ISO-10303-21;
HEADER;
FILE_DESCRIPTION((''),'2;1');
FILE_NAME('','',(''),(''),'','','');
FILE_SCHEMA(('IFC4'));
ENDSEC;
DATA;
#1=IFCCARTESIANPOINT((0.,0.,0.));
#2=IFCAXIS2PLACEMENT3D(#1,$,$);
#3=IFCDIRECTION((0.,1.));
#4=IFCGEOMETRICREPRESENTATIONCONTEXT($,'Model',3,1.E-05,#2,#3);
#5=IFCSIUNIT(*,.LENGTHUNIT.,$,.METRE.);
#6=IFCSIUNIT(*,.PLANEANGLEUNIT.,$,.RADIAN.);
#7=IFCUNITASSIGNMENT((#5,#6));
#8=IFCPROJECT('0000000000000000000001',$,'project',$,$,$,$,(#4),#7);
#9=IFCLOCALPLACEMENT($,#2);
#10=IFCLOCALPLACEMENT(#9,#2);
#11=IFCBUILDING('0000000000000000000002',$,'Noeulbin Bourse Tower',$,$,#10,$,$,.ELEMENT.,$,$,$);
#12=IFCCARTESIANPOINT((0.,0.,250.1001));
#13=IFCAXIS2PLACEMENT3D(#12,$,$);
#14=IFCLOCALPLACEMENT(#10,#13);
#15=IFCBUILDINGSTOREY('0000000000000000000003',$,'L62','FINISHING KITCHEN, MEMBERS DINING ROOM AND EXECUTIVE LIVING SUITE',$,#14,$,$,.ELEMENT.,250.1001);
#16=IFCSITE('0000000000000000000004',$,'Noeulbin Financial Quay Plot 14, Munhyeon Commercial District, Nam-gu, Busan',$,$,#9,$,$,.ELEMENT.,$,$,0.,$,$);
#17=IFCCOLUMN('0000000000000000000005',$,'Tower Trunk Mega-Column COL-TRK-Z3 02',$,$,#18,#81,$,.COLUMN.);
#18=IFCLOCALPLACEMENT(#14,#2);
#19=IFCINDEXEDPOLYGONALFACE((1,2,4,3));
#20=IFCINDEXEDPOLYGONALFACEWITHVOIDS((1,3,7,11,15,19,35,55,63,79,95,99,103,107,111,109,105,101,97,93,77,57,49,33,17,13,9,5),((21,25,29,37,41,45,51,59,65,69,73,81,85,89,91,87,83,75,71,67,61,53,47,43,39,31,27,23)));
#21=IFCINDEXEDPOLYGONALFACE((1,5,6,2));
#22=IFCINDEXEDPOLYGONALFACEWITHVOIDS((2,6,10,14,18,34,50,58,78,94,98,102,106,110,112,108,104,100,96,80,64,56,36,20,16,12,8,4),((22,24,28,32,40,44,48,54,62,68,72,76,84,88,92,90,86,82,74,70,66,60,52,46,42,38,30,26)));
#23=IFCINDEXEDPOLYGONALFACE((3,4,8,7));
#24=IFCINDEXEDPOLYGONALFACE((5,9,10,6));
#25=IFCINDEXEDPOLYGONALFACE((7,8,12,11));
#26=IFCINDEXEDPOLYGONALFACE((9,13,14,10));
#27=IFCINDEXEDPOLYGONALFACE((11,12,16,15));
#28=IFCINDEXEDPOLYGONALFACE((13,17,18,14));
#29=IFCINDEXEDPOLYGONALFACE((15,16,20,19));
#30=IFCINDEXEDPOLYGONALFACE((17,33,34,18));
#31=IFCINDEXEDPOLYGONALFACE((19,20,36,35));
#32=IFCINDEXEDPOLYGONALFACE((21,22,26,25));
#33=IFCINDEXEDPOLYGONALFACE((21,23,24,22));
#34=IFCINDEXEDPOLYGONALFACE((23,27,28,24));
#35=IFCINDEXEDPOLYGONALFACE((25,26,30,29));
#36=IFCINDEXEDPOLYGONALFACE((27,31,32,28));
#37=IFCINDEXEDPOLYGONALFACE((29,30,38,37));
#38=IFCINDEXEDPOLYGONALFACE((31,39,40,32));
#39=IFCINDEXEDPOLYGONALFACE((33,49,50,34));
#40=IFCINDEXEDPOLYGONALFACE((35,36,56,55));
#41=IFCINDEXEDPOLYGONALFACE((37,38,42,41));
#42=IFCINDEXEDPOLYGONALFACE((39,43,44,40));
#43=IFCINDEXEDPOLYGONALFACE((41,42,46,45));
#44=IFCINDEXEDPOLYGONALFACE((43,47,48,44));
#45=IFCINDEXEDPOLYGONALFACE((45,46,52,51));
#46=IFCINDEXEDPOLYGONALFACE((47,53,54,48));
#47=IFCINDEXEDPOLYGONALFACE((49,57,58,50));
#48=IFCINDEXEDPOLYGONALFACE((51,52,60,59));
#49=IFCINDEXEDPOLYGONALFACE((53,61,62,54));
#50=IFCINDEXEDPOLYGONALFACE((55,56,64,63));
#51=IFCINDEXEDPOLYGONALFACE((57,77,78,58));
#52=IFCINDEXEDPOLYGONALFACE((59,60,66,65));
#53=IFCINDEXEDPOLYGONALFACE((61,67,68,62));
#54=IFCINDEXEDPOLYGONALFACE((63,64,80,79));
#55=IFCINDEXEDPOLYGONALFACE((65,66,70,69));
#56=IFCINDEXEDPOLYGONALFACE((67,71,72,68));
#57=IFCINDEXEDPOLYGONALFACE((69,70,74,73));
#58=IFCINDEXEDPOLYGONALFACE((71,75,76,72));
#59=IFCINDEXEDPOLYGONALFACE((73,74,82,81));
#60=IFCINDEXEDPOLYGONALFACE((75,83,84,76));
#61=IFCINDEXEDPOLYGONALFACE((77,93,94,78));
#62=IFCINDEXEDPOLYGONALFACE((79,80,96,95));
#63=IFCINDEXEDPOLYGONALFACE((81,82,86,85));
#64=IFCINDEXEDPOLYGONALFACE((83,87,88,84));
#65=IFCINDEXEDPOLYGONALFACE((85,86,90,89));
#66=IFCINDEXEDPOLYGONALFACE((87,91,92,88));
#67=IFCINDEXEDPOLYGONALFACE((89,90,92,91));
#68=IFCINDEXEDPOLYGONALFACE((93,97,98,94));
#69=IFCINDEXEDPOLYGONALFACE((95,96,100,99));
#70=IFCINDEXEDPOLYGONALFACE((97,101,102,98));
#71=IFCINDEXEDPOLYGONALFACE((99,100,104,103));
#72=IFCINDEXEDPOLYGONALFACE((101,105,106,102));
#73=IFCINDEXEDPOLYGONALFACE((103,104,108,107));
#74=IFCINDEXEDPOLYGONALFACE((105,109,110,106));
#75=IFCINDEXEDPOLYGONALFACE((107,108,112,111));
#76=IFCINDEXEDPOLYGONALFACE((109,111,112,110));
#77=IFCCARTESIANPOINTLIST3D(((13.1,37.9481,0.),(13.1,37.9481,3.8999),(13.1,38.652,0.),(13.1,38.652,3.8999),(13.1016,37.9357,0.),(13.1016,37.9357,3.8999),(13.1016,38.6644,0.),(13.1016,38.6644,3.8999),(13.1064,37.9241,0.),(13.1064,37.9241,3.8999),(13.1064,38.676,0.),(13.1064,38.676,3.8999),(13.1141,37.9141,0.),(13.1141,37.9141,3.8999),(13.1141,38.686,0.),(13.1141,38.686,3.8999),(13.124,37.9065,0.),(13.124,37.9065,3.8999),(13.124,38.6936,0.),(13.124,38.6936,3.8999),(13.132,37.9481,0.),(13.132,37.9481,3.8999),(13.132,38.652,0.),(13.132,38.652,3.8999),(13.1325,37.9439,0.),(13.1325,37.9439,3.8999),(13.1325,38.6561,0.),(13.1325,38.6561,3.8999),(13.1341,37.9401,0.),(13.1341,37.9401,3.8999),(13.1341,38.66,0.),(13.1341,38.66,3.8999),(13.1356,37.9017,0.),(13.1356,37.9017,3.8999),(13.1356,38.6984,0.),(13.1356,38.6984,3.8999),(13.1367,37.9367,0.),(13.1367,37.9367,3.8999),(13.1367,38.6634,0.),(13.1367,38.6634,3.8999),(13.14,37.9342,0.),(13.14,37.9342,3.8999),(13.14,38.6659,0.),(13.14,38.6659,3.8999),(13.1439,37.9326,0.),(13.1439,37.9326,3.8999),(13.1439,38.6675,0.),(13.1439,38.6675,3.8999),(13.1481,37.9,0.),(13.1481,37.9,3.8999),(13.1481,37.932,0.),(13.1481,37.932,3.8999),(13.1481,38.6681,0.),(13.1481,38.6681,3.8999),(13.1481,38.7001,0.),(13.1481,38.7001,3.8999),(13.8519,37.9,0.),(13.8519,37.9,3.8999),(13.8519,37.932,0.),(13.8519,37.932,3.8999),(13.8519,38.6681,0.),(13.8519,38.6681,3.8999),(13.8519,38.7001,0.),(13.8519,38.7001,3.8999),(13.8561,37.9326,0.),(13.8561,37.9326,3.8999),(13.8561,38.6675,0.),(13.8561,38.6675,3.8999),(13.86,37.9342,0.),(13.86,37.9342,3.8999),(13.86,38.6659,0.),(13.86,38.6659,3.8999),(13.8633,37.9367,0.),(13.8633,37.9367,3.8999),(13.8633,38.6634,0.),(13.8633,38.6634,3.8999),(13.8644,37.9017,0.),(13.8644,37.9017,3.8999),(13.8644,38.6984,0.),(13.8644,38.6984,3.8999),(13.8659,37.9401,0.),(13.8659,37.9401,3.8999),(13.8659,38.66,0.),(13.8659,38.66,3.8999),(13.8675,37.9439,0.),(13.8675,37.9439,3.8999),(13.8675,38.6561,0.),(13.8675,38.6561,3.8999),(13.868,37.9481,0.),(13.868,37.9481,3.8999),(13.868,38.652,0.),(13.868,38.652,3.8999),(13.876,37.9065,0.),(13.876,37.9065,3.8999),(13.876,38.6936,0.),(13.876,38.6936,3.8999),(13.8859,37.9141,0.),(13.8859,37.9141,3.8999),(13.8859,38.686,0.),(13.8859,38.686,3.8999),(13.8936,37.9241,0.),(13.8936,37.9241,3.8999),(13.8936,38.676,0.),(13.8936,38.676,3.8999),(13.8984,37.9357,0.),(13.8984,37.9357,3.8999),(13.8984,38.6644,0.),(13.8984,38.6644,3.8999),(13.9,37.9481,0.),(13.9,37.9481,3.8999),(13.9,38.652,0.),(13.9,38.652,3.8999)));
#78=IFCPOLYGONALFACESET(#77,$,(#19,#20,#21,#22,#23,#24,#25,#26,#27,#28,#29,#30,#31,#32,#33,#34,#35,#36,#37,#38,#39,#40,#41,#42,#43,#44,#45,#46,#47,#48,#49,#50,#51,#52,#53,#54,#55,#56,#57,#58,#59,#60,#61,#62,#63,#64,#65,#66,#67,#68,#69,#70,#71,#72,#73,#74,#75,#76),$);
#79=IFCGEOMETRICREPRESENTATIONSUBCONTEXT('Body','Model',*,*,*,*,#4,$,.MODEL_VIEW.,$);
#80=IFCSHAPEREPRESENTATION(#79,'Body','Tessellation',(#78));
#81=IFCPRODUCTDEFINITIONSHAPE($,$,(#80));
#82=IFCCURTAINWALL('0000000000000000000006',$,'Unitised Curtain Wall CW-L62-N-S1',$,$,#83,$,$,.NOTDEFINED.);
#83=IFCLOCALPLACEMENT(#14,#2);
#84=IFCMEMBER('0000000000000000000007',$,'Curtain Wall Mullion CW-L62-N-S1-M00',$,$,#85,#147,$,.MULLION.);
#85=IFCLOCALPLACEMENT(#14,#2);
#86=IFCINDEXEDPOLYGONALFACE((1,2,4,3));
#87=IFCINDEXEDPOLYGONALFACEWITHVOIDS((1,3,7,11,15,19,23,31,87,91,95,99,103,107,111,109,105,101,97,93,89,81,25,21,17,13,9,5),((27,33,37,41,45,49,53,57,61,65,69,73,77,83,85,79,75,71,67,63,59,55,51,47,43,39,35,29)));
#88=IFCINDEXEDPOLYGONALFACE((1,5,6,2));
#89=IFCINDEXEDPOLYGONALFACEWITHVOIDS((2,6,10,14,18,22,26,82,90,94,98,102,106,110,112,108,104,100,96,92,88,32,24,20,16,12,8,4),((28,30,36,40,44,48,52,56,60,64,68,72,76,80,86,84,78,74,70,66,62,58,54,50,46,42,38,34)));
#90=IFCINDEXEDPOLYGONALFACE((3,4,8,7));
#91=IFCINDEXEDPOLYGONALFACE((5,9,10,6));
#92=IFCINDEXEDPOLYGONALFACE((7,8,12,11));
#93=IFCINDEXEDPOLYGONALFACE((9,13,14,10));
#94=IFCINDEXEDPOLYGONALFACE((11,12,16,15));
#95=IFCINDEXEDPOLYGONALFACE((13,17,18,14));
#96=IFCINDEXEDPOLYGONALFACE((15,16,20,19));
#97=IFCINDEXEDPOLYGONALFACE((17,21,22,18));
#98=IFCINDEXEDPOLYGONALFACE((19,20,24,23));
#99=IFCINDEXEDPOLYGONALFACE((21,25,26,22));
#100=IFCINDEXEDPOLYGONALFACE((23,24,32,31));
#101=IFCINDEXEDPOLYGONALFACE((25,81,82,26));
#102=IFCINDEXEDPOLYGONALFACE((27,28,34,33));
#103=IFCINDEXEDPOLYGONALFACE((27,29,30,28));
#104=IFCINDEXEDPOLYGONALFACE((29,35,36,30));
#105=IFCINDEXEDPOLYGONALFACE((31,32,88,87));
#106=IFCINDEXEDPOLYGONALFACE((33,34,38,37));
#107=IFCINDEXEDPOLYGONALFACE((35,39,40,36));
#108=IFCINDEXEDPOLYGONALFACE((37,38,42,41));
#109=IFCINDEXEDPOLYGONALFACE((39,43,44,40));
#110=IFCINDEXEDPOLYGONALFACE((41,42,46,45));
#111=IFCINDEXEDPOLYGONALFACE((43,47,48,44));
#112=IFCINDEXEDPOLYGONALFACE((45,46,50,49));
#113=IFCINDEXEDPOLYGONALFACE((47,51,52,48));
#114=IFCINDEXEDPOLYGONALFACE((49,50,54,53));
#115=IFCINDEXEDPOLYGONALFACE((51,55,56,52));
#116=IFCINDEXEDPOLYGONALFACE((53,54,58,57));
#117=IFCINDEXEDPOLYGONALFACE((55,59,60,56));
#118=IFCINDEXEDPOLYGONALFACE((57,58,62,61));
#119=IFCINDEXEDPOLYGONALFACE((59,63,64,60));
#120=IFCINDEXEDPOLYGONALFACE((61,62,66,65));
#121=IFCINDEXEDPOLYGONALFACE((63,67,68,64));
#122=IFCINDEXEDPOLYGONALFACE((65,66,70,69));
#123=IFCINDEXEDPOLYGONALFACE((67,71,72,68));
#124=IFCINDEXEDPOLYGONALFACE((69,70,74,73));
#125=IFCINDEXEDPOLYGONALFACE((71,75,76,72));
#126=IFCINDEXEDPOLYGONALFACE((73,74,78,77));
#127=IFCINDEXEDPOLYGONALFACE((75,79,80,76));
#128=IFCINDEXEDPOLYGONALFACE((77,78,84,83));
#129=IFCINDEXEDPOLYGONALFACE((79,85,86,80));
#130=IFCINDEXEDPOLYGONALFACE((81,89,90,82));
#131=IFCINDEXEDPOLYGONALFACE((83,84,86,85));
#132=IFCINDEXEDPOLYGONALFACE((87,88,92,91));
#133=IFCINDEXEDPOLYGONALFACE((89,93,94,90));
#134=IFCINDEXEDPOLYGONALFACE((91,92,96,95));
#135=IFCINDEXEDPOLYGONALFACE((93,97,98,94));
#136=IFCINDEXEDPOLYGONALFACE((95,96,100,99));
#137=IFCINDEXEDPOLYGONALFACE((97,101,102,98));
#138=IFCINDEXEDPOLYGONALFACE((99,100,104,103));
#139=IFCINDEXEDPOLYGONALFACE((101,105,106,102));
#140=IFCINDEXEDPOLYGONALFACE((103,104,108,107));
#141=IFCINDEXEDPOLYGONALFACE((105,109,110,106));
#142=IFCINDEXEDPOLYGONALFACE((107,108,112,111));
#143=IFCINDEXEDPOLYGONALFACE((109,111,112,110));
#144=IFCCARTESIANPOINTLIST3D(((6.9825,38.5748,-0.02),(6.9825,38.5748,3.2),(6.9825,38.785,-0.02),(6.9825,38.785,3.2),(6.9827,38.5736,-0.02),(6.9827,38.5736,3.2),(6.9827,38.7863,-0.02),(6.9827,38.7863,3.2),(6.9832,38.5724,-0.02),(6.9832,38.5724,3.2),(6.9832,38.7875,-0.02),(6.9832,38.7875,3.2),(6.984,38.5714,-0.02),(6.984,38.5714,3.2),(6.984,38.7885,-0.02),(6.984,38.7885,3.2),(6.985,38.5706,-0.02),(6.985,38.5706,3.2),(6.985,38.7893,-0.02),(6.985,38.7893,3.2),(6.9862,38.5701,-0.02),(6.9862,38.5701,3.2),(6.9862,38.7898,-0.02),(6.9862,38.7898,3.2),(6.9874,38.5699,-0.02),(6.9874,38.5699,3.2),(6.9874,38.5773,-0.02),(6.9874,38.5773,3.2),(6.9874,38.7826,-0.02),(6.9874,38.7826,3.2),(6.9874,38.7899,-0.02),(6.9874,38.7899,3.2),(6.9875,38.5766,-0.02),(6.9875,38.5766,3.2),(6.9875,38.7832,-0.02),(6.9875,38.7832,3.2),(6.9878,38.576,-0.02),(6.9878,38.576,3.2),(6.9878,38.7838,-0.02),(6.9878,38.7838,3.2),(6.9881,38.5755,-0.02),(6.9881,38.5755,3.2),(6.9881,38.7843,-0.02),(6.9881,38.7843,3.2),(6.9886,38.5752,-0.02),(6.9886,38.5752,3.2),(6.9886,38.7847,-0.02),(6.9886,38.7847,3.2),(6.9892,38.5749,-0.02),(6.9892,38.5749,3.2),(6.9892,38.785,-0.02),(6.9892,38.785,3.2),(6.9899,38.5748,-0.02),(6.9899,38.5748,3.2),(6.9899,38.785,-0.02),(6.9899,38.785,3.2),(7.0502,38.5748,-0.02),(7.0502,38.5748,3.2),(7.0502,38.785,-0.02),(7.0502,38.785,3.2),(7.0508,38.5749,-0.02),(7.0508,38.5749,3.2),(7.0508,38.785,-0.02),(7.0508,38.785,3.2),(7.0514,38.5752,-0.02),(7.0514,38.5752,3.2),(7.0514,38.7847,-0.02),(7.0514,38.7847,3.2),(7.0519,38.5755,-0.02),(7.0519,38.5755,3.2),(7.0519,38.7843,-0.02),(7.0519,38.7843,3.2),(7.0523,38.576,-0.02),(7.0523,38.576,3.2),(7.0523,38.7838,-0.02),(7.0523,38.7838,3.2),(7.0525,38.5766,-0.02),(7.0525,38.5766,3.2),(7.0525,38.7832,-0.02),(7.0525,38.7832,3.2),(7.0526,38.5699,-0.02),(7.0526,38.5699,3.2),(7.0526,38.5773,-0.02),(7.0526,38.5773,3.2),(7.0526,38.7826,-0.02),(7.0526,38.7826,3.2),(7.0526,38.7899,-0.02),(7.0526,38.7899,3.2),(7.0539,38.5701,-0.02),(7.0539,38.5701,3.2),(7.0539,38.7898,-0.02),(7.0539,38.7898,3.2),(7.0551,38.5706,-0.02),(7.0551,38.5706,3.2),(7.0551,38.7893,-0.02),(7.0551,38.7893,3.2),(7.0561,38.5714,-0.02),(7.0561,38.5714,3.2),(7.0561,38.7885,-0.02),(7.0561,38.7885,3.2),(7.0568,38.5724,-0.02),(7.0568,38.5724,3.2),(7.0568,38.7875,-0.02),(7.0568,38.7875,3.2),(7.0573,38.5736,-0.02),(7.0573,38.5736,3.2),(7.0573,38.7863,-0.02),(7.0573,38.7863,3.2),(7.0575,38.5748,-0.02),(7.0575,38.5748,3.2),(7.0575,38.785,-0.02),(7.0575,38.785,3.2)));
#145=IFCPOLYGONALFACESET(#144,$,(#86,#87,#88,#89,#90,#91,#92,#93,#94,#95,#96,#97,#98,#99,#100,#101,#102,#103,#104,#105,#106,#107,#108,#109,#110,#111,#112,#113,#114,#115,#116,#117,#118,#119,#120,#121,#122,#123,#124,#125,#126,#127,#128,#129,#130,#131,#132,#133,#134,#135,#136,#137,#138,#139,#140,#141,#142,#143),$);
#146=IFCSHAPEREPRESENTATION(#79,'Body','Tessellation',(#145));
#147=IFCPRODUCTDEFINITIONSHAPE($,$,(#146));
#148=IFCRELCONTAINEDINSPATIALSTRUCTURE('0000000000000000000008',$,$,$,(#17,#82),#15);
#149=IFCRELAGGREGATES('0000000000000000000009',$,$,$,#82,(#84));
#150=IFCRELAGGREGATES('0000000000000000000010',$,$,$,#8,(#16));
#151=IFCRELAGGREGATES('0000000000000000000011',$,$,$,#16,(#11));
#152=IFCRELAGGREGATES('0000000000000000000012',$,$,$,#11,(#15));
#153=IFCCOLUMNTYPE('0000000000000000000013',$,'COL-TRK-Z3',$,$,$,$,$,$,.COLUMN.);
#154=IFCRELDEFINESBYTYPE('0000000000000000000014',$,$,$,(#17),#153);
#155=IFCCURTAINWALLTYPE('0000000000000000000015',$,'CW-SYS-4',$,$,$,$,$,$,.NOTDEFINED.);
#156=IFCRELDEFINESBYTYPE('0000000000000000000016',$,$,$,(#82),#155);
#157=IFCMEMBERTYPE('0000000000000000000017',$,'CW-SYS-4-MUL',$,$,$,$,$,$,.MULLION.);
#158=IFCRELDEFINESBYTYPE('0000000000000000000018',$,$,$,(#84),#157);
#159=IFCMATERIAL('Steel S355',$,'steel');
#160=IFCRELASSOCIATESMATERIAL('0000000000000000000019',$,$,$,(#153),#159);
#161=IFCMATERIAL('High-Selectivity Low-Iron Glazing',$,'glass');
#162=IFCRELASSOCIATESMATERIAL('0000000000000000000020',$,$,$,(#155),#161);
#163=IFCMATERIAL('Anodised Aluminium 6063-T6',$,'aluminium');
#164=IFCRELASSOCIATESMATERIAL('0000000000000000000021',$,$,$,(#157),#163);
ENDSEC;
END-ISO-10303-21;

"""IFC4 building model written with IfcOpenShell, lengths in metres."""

from ifc_helpers import new_model, si_unit, direction, frame, origin, origin_2d, place, context, subcontext, project, spatial, hollow_rectangle, extrude, material, material_profile, profile_set, type_object, element, aggregate, save


model = new_model("IFC4")

# Units and contexts
model_context = context("Model", 3, precision=1e-05, world=origin(), true_north=direction((0.0, 1.0)))
body_context = subcontext(model_context, "Body", "Model", "MODEL_VIEW")
ifc_project = project(units=[si_unit("LENGTHUNIT", "METRE"), si_unit("PLANEANGLEUNIT", "RADIAN")], contexts=[model_context])

# Site, building, storey
site_placement = place(None, origin())
site = spatial("IfcSite", under=ifc_project, at=site_placement, Name="Noeulbin Financial Quay Plot 14, Munhyeon Commercial District, Nam-gu, Busan", CompositionType="ELEMENT", RefElevation=0.0)
building_placement = place(site_placement, origin())
building = spatial("IfcBuilding", under=site, at=building_placement, Name="Noeulbin Bourse Tower", CompositionType="ELEMENT")
storey_placement = place(building_placement, frame((0.0, 0.0, 250.1001)))
storey = spatial("IfcBuildingStorey", under=building, at=storey_placement, Name="L62", Description="FINISHING KITCHEN, MEMBERS DINING ROOM AND EXECUTIVE LIVING SUITE", CompositionType="ELEMENT", Elevation=250.1001)

# Column
ifc_material_1 = material(Name="Steel S355", Category="steel")
ifc_material_profile_1 = material_profile(ifc_material_1, hollow_rectangle(XDim=0.8, YDim=0.8, WallThickness=0.032, InnerFilletRadius=0.0161, OuterFilletRadius=0.0481, at=origin_2d()), Name="BOX-800x800x32", Category="LoadBearing")
ifc_profile_set_1 = profile_set([ifc_material_profile_1], Name="Steel S355")
column_type = type_object("IfcColumnType", Name="COL-TRK-Z3", PredefinedType="COLUMN", material=ifc_profile_set_1)
column_placement = place(storey_placement, frame((13.5, 38.3, 0.0), z_axis=(0.0, 0.0, 1.0), x_axis=(1.0, 0.0, 0.0)))
element("IfcColumn", 1, at=column_placement, inside=storey, type_object=column_type, Name="Tower Trunk Mega-Column COL-TRK-Z3 02", PredefinedType="COLUMN", context=body_context, shape_type="SweptSolid", body=[
    extrude(hollow_rectangle(XDim=0.8, YDim=0.8, WallThickness=0.032, InnerFilletRadius=0.0161, OuterFilletRadius=0.0481, at=origin_2d()), origin(), (0.0, 0.0, 1.0), 3.8999),
])

# Curtain wall, member
ifc_material_2 = material(Name="High-Selectivity Low-Iron Glazing", Category="glass")
curtain_wall_type = type_object("IfcCurtainWallType", Name="CW-SYS-4", PredefinedType="NOTDEFINED", material=ifc_material_2)
curtain_wall_1_placement = place(storey_placement, origin())
curtain_wall_1 = element("IfcCurtainWall", 2, at=curtain_wall_1_placement, inside=storey, type_object=curtain_wall_type, Name="Unitised Curtain Wall CW-L62-N-S1", PredefinedType="NOTDEFINED")
ifc_material_3 = material(Name="Anodised Aluminium 6063-T6", Category="aluminium")
ifc_material_profile_2 = material_profile(ifc_material_3, hollow_rectangle(XDim=0.075, YDim=0.22, WallThickness=0.0049, InnerFilletRadius=0.0024, OuterFilletRadius=0.0049, at=origin_2d()), Name="ALU-MULL-75x220x5", Category="LoadBearing")
ifc_profile_set_2 = profile_set([ifc_material_profile_2], Name="Anodised Aluminium 6063-T6")
member_type_1 = type_object("IfcMemberType", Name="CW-SYS-4-MUL", PredefinedType="MULLION", material=ifc_profile_set_2)
member_1_placement = place(storey_placement, frame((7.02, 38.6799, -0.02), z_axis=(0.0, 0.0, 1.0), x_axis=(1.0, 0.0, 0.0)))
member_1 = element("IfcMember", 3, at=member_1_placement, type_object=member_type_1, Name="Curtain Wall Mullion CW-L62-N-S1-M00", PredefinedType="MULLION", context=body_context, shape_type="SweptSolid", body=[
    extrude(hollow_rectangle(XDim=0.075, YDim=0.22, WallThickness=0.0049, InnerFilletRadius=0.0024, OuterFilletRadius=0.0049, at=origin_2d()), origin(), (0.0, 0.0, 1.0), 3.22),
])

aggregate(curtain_wall_1, [member_1])

save(model, "model.ifc")
